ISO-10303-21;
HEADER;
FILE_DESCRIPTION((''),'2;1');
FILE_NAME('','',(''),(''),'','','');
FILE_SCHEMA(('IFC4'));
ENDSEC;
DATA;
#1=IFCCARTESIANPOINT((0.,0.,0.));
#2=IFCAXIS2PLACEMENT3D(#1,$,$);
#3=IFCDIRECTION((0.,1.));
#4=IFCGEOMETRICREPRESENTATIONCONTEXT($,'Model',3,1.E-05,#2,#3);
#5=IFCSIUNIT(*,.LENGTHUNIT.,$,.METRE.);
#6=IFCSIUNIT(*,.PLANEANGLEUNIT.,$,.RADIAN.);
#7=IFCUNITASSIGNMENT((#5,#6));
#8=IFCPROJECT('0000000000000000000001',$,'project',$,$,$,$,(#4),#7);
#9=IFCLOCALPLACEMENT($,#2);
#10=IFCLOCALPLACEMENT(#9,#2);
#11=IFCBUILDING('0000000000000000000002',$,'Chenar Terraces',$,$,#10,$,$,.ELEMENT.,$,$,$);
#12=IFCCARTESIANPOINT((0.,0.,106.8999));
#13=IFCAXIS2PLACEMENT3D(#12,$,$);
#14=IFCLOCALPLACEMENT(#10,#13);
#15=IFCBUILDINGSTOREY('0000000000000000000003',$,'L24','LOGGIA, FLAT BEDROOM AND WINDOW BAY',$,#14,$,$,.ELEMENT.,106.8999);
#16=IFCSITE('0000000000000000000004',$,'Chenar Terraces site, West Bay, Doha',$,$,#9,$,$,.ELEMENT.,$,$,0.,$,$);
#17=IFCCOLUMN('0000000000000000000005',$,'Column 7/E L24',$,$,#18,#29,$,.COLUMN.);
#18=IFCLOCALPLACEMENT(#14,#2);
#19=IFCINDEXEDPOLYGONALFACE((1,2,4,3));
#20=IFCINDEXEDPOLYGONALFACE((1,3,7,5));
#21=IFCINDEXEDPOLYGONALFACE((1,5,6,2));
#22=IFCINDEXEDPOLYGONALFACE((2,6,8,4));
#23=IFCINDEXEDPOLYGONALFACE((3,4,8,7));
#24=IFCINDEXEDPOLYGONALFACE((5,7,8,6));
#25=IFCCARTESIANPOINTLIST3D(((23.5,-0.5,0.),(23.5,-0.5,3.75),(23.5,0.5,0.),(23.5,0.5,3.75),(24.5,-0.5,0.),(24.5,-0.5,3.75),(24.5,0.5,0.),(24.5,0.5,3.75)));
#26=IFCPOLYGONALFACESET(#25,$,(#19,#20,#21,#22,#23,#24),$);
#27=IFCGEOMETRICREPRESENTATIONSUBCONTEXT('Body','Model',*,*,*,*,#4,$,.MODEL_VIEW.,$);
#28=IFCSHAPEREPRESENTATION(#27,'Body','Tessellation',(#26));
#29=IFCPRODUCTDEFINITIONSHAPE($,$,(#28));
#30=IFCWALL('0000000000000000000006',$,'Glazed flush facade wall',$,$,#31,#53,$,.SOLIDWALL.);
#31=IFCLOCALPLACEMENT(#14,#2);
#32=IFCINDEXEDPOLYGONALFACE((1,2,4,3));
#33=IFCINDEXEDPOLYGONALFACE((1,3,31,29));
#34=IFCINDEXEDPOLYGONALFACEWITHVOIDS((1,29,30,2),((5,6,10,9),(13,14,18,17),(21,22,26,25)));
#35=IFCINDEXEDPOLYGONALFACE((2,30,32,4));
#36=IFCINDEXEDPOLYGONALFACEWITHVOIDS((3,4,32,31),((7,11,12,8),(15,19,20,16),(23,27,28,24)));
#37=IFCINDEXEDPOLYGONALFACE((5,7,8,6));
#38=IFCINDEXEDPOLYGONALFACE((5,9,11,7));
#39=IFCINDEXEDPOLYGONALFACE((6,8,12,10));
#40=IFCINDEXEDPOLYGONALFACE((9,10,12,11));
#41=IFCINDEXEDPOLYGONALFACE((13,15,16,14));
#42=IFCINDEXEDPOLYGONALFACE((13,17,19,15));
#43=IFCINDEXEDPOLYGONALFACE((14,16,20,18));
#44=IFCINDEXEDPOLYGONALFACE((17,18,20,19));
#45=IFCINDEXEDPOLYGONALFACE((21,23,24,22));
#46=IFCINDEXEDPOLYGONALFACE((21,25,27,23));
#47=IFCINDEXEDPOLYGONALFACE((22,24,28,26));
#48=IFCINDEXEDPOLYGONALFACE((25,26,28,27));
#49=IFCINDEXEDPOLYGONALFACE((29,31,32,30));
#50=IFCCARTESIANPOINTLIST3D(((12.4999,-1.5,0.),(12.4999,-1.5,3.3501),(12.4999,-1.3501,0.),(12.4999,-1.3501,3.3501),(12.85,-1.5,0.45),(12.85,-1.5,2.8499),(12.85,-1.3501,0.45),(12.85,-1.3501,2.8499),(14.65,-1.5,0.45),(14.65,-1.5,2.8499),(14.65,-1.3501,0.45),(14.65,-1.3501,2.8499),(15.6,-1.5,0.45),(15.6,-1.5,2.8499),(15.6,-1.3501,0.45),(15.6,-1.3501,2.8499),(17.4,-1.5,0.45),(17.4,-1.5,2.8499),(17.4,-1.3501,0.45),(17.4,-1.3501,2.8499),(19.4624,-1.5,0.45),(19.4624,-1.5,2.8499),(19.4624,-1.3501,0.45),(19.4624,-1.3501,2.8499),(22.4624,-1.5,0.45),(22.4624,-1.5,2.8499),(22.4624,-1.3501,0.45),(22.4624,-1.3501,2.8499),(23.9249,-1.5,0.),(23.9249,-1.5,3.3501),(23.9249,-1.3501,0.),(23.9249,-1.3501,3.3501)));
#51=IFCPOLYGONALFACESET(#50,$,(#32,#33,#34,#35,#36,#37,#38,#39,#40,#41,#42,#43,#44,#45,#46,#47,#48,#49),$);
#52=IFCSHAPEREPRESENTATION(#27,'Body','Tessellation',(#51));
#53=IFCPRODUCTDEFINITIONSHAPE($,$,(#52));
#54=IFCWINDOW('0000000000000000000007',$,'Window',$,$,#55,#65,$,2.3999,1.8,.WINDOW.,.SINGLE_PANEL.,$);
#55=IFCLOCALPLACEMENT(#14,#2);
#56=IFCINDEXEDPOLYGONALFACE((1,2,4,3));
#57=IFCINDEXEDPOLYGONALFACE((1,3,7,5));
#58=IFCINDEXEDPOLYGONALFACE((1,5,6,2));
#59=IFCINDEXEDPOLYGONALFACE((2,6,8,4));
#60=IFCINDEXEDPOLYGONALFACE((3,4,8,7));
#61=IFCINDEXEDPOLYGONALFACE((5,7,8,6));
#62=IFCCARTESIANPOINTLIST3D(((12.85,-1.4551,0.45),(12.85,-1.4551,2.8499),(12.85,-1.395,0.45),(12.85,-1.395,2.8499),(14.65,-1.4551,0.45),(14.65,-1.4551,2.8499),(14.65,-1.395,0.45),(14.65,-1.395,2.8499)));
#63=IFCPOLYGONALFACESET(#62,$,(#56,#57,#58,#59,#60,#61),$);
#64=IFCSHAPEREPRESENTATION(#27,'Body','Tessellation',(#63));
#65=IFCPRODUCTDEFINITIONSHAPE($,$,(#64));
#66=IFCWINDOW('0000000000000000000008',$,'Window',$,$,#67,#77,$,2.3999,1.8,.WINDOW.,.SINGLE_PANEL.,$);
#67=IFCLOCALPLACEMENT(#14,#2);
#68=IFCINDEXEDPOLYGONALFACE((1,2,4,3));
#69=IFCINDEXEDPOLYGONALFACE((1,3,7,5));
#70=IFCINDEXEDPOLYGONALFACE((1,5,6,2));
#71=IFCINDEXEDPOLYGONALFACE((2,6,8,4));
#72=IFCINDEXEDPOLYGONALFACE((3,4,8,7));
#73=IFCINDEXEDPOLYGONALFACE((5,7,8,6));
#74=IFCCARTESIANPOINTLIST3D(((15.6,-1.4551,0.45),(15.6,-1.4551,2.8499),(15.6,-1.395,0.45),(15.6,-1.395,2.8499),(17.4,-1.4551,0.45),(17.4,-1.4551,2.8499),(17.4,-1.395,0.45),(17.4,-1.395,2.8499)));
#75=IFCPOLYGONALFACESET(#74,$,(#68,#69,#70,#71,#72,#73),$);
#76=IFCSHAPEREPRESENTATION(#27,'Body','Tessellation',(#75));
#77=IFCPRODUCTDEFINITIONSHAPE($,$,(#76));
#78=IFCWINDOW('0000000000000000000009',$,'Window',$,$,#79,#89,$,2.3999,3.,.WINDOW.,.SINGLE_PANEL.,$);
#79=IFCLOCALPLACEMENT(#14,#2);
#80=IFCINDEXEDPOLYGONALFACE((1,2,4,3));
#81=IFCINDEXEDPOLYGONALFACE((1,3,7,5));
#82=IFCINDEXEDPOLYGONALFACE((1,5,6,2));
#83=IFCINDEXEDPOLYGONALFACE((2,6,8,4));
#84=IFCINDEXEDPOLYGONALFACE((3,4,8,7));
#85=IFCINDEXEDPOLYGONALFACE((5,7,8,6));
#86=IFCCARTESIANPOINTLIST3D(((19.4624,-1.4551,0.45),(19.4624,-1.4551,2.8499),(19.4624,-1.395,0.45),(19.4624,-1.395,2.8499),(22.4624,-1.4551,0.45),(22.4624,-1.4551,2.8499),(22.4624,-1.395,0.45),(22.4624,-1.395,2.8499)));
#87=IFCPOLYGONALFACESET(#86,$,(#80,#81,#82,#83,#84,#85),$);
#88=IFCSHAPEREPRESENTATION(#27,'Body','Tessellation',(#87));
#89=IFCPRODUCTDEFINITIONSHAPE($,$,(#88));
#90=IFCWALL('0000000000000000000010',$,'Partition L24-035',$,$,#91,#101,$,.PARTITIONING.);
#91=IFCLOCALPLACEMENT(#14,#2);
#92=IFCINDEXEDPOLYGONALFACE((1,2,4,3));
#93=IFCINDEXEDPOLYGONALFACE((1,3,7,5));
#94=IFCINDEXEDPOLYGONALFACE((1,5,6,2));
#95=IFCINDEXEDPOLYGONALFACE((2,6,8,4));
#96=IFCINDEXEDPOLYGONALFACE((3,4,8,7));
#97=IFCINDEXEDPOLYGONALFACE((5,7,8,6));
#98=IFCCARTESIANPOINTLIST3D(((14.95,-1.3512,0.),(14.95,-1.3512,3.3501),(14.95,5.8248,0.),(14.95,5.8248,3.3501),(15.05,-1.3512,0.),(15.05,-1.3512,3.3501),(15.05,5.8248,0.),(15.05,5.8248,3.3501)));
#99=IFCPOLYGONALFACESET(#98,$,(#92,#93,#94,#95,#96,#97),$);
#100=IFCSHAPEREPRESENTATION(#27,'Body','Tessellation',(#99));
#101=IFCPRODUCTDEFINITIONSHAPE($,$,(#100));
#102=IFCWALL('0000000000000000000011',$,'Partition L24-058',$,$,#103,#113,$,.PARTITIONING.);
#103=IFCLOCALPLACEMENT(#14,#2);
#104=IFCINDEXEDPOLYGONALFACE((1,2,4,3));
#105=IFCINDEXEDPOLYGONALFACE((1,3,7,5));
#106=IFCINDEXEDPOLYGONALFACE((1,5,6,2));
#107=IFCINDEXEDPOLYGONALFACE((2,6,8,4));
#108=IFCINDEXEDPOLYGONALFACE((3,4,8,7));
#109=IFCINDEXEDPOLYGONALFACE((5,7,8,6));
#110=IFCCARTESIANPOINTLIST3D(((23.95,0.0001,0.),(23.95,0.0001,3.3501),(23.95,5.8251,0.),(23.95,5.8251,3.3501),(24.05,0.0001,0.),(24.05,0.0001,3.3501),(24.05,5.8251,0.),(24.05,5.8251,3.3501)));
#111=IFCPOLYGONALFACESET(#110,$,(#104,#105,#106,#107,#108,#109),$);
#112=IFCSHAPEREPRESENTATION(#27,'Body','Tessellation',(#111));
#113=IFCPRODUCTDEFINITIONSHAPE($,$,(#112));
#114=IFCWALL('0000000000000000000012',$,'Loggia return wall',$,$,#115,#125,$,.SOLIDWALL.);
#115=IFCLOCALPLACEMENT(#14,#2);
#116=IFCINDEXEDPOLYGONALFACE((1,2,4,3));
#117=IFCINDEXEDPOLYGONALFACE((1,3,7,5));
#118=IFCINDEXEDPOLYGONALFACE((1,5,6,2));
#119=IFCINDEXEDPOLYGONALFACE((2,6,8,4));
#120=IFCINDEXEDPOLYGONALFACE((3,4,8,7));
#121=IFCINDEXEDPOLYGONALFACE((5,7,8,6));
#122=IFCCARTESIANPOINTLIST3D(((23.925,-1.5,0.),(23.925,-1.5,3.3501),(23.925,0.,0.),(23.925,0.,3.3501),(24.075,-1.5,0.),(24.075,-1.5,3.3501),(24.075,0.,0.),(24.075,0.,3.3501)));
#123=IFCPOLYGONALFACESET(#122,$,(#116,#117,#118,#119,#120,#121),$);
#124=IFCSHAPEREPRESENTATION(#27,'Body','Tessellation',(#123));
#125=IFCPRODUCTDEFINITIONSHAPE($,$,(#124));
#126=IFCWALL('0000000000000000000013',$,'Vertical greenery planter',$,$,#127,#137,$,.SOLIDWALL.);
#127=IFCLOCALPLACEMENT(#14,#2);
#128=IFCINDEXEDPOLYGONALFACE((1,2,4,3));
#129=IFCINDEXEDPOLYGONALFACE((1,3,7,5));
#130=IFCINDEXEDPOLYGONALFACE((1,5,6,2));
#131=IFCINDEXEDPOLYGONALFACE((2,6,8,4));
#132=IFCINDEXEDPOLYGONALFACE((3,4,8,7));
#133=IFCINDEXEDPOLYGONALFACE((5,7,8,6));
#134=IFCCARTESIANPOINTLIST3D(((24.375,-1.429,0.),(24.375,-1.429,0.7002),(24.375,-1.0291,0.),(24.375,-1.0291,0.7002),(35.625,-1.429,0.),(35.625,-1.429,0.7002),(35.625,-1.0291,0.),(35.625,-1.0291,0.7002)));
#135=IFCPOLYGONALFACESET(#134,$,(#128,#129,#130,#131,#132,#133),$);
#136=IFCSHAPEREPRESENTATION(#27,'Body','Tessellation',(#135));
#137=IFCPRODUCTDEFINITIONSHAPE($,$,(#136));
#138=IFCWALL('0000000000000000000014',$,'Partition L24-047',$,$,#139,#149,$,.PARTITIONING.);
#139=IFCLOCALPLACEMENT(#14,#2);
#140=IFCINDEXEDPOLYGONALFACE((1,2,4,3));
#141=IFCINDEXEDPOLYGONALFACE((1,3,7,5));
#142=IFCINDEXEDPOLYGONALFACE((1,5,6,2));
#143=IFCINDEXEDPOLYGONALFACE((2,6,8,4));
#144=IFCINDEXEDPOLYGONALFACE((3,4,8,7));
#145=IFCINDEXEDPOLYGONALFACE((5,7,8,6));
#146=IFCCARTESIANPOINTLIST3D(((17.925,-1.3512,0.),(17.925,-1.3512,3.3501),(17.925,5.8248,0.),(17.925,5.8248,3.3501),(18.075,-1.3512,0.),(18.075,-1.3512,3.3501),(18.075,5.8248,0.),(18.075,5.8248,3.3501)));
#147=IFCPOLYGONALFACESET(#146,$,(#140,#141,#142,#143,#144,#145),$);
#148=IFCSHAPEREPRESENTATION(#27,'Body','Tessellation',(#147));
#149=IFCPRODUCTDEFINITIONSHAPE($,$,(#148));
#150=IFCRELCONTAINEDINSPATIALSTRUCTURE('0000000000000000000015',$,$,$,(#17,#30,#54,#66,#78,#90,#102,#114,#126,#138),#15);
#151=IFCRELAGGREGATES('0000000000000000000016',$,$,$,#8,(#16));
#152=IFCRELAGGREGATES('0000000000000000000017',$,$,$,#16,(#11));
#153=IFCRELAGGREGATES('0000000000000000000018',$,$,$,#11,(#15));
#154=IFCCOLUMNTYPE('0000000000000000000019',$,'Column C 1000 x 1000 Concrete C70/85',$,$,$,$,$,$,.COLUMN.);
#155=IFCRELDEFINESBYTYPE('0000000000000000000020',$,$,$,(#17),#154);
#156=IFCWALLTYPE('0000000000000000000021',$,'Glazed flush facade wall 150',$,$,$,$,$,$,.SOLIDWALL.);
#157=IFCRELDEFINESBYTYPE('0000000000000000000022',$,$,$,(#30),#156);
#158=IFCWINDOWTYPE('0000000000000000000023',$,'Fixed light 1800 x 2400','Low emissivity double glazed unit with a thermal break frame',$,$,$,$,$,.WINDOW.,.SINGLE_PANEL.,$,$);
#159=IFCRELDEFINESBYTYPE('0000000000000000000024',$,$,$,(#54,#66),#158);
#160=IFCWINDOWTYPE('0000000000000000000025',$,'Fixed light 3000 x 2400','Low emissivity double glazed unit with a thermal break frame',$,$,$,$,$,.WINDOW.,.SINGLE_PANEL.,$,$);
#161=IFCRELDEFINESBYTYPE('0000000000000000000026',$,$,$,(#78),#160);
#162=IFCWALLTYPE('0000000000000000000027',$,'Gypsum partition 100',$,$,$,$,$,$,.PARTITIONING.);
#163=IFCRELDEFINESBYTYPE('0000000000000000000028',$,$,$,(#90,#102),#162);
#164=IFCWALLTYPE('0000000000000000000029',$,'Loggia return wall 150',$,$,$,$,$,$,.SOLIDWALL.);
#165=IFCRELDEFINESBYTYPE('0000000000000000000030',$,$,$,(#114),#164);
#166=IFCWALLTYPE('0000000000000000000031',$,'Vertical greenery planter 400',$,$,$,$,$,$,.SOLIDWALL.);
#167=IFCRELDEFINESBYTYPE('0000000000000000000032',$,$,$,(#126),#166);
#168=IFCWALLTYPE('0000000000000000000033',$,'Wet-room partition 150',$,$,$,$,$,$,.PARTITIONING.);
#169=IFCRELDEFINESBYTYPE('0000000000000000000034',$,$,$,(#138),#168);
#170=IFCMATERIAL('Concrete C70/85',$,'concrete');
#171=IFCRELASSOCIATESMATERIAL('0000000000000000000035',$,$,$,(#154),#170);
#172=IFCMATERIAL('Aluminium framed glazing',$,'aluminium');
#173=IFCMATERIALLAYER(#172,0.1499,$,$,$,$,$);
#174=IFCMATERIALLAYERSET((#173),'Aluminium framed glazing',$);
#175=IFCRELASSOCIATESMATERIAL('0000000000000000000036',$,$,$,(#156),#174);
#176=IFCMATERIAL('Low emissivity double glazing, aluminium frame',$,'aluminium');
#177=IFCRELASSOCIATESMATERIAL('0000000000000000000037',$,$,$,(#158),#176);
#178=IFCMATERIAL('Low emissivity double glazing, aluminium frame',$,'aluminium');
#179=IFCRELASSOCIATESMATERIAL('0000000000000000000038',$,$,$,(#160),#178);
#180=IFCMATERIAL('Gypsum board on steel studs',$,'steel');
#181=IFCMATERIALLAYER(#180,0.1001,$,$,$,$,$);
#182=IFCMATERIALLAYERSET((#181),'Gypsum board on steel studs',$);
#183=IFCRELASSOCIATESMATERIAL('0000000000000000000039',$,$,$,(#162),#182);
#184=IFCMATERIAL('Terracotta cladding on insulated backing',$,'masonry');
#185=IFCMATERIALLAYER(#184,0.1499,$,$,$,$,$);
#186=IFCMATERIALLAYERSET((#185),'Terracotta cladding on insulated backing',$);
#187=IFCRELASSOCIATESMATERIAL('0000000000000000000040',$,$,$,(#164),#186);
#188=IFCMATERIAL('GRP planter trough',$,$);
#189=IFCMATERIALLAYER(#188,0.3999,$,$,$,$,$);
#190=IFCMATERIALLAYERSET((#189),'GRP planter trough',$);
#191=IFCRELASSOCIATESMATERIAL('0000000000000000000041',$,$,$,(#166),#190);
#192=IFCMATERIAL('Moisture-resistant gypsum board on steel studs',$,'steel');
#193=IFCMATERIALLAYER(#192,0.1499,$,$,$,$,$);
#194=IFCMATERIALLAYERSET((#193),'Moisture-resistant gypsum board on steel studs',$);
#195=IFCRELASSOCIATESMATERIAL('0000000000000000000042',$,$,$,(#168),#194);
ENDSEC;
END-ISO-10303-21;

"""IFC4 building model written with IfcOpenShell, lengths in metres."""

from ifc_helpers import new_model, si_unit, direction, frame, frame_2d, origin, origin_2d, place, context, subcontext, project, spatial, rectangle, extrude, material, layer, layer_set, material_profile, profile_set, type_object, element, fill, save


model = new_model("IFC4")

# Units and contexts
model_context = context("Model", 3, precision=1e-05, world=origin(), true_north=direction((0.0, 1.0)))
body_context = subcontext(model_context, "Body", "Model", "MODEL_VIEW")
ifc_project = project(units=[si_unit("LENGTHUNIT", "METRE"), si_unit("PLANEANGLEUNIT", "RADIAN")], contexts=[model_context])

# Site, building, storey
site_placement = place(None, origin())
site = spatial("IfcSite", under=ifc_project, at=site_placement, Name="Chenar Terraces site, West Bay, Doha", CompositionType="ELEMENT", RefElevation=0.0)
building_placement = place(site_placement, origin())
building = spatial("IfcBuilding", under=site, at=building_placement, Name="Chenar Terraces", CompositionType="ELEMENT")
storey_placement = place(building_placement, frame((0.0, 0.0, 106.8999)))
storey = spatial("IfcBuildingStorey", under=building, at=storey_placement, Name="L24", Description="LOGGIA, FLAT BEDROOM AND WINDOW BAY", CompositionType="ELEMENT", Elevation=106.8999)

# Column
ifc_material_1 = material(Name="Concrete C70/85", Category="concrete")
ifc_material_profile_1 = material_profile(ifc_material_1, rectangle(XDim=1.0, YDim=1.0, at=origin_2d()), Name="C 1000 x 1000")
ifc_profile_set_1 = profile_set([ifc_material_profile_1], Name="Concrete C70/85")
column_type = type_object("IfcColumnType", Name="Column C 1000 x 1000 Concrete C70/85", PredefinedType="COLUMN", material=ifc_profile_set_1)
column_placement = place(storey_placement, frame((24.0, 0.0, 0.0), z_axis=(0.0, 0.0, 1.0), x_axis=(1.0, 0.0, 0.0)))
element("IfcColumn", 1, at=column_placement, inside=storey, type_object=column_type, Name="Column 7/E L24", PredefinedType="COLUMN", context=body_context, shape_type="SweptSolid", body=[
    extrude(rectangle(XDim=1.0, YDim=1.0, at=origin_2d()), origin(), (0.0, 0.0, 1.0), 3.75),
])

# Wall, openings, windows
ifc_material_2 = material(Name="Aluminium framed glazing", Category="aluminium")
ifc_layer_1 = layer(ifc_material_2, 0.1499)
ifc_layer_set_1 = layer_set([ifc_layer_1], Name="Aluminium framed glazing")
wall_type_1 = type_object("IfcWallType", Name="Glazed flush facade wall 150", PredefinedType="SOLIDWALL", material=ifc_layer_set_1)
wall_1_placement = place(storey_placement, frame((12.5, -1.425, 0.0), z_axis=(0.0, 0.0, 1.0), x_axis=(1.0, 0.0, 0.0)))
wall_1 = element("IfcWall", 2, at=wall_1_placement, inside=storey, type_object=wall_type_1, Name="Glazed flush facade wall", PredefinedType="SOLIDWALL", context=body_context, shape_type="SweptSolid", body=[
    extrude(rectangle(XDim=11.425, YDim=0.1499, at=frame_2d((5.7124, 0.0))), origin(), (0.0, 0.0, 1.0), 3.3501),
])
opening_1_placement = place(wall_1_placement, frame((0.3501, 0.0, 0.45)))
opening_1 = element("IfcOpeningElement", 3, at=opening_1_placement, cuts=wall_1, PredefinedType="OPENING", context=body_context, shape_type="SweptSolid", body=[
    extrude(rectangle(XDim=1.8, YDim=2.3999, at=frame_2d((0.8999, 1.2))), frame((0.0, 0.085, 0.0), z_axis=(0.0, -1.0, 0.0), x_axis=(1.0, 0.0, 0.0)), (0.0, 0.0, 1.0), 0.1699),
])
opening_2_placement = place(wall_1_placement, frame((3.1001, 0.0, 0.45)))
opening_2 = element("IfcOpeningElement", 4, at=opening_2_placement, cuts=wall_1, PredefinedType="OPENING", context=body_context, shape_type="SweptSolid", body=[
    extrude(rectangle(XDim=1.8, YDim=2.3999, at=frame_2d((0.8999, 1.2))), frame((0.0, 0.085, 0.0), z_axis=(0.0, -1.0, 0.0), x_axis=(1.0, 0.0, 0.0)), (0.0, 0.0, 1.0), 0.1699),
])
opening_3_placement = place(wall_1_placement, frame((6.9624, 0.0, 0.45)))
opening_3 = element("IfcOpeningElement", 5, at=opening_3_placement, cuts=wall_1, PredefinedType="OPENING", context=body_context, shape_type="SweptSolid", body=[
    extrude(rectangle(XDim=3.0, YDim=2.3999, at=frame_2d((1.5, 1.2))), frame((0.0, 0.085, 0.0), z_axis=(0.0, -1.0, 0.0), x_axis=(1.0, 0.0, 0.0)), (0.0, 0.0, 1.0), 0.1699),
])
ifc_material_3 = material(Name="Low emissivity double glazing, aluminium frame", Category="aluminium")
window_type_1 = type_object("IfcWindowType", Name="Fixed light 1800 x 2400", Description="Low emissivity double glazed unit with a thermal break frame", PartitioningType="SINGLE_PANEL", PredefinedType="WINDOW", material=ifc_material_3)
window_1_placement = place(opening_1_placement, origin())
window_1 = element("IfcWindow", 6, at=window_1_placement, inside=storey, type_object=window_type_1, Name="Window", OverallHeight=2.3999, OverallWidth=1.8, PartitioningType="SINGLE_PANEL", PredefinedType="WINDOW", context=body_context, shape_type="SweptSolid", body=[
    extrude(rectangle(XDim=1.8, YDim=2.3999, at=frame_2d((0.8999, 1.2))), frame((0.0, 0.03, 0.0), z_axis=(0.0, -1.0, 0.0), x_axis=(1.0, 0.0, 0.0)), (0.0, 0.0, 1.0), 0.0601),
])
fill(opening_1, window_1)
window_2_placement = place(opening_2_placement, origin())
window_2 = element("IfcWindow", 7, at=window_2_placement, inside=storey, type_object=window_type_1, Name="Window", OverallHeight=2.3999, OverallWidth=1.8, PartitioningType="SINGLE_PANEL", PredefinedType="WINDOW", context=body_context, shape_type="SweptSolid", body=[
    extrude(rectangle(XDim=1.8, YDim=2.3999, at=frame_2d((0.8999, 1.2))), frame((0.0, 0.03, 0.0), z_axis=(0.0, -1.0, 0.0), x_axis=(1.0, 0.0, 0.0)), (0.0, 0.0, 1.0), 0.0601),
])
fill(opening_2, window_2)
ifc_material_4 = material(Name="Low emissivity double glazing, aluminium frame", Category="aluminium")
window_type_2 = type_object("IfcWindowType", Name="Fixed light 3000 x 2400", Description="Low emissivity double glazed unit with a thermal break frame", PartitioningType="SINGLE_PANEL", PredefinedType="WINDOW", material=ifc_material_4)
window_3_placement = place(opening_3_placement, origin())
window_3 = element("IfcWindow", 8, at=window_3_placement, inside=storey, type_object=window_type_2, Name="Window", OverallHeight=2.3999, OverallWidth=3.0, PartitioningType="SINGLE_PANEL", PredefinedType="WINDOW", context=body_context, shape_type="SweptSolid", body=[
    extrude(rectangle(XDim=3.0, YDim=2.3999, at=frame_2d((1.5, 1.2))), frame((0.0, 0.03, 0.0), z_axis=(0.0, -1.0, 0.0), x_axis=(1.0, 0.0, 0.0)), (0.0, 0.0, 1.0), 0.0601),
])
fill(opening_3, window_3)

# Walls
ifc_material_5 = material(Name="Gypsum board on steel studs", Category="steel")
ifc_layer_2 = layer(ifc_material_5, 0.1001)
ifc_layer_set_2 = layer_set([ifc_layer_2], Name="Gypsum board on steel studs")
wall_type_2 = type_object("IfcWallType", Name="Gypsum partition 100", PredefinedType="PARTITIONING", material=ifc_layer_set_2)
wall_2_placement = place(storey_placement, frame((15.0, -1.3511, 0.0), z_axis=(0.0, 0.0, 1.0), x_axis=(0.0, 1.0, 0.0)))
element("IfcWall", 9, at=wall_2_placement, inside=storey, type_object=wall_type_2, Name="Partition L24-035", PredefinedType="PARTITIONING", context=body_context, shape_type="SweptSolid", body=[
    extrude(rectangle(XDim=7.176, YDim=0.1001, at=frame_2d((3.5879, 0.0))), origin(), (0.0, 0.0, 1.0), 3.3501),
])
wall_3_placement = place(storey_placement, frame((24.0, 0.0, 0.0), z_axis=(0.0, 0.0, 1.0), x_axis=(0.0, 1.0, 0.0)))
element("IfcWall", 10, at=wall_3_placement, inside=storey, type_object=wall_type_2, Name="Partition L24-058", PredefinedType="PARTITIONING", context=body_context, shape_type="SweptSolid", body=[
    extrude(rectangle(XDim=5.825, YDim=0.1001, at=frame_2d((2.9126, 0.0))), origin(), (0.0, 0.0, 1.0), 3.3501),
])
ifc_material_6 = material(Name="Terracotta cladding on insulated backing", Category="masonry")
ifc_layer_3 = layer(ifc_material_6, 0.1499)
ifc_layer_set_3 = layer_set([ifc_layer_3], Name="Terracotta cladding on insulated backing")
wall_type_3 = type_object("IfcWallType", Name="Loggia return wall 150", PredefinedType="SOLIDWALL", material=ifc_layer_set_3)
wall_4_placement = place(storey_placement, frame((24.0, -1.5, 0.0), z_axis=(0.0, 0.0, 1.0), x_axis=(0.0, 1.0, 0.0)))
element("IfcWall", 11, at=wall_4_placement, inside=storey, type_object=wall_type_3, Name="Loggia return wall", PredefinedType="SOLIDWALL", context=body_context, shape_type="SweptSolid", body=[
    extrude(rectangle(XDim=1.5, YDim=0.1499, at=frame_2d((0.75, 0.0))), origin(), (0.0, 0.0, 1.0), 3.3501),
])
ifc_material_7 = material(Name="GRP planter trough")
ifc_layer_4 = layer(ifc_material_7, 0.3999)
ifc_layer_set_4 = layer_set([ifc_layer_4], Name="GRP planter trough")
wall_type_4 = type_object("IfcWallType", Name="Vertical greenery planter 400", PredefinedType="SOLIDWALL", material=ifc_layer_set_4)
wall_5_placement = place(storey_placement, frame((24.375, -1.229, 0.0), z_axis=(0.0, 0.0, 1.0), x_axis=(1.0, 0.0, 0.0)))
element("IfcWall", 12, at=wall_5_placement, inside=storey, type_object=wall_type_4, Name="Vertical greenery planter", PredefinedType="SOLIDWALL", context=body_context, shape_type="SweptSolid", body=[
    extrude(rectangle(XDim=11.25, YDim=0.3999, at=frame_2d((5.625, 0.0))), origin(), (0.0, 0.0, 1.0), 0.7002),
])
ifc_material_8 = material(Name="Moisture-resistant gypsum board on steel studs", Category="steel")
ifc_layer_5 = layer(ifc_material_8, 0.1499)
ifc_layer_set_5 = layer_set([ifc_layer_5], Name="Moisture-resistant gypsum board on steel studs")
wall_type_5 = type_object("IfcWallType", Name="Wet-room partition 150", PredefinedType="PARTITIONING", material=ifc_layer_set_5)
wall_6_placement = place(storey_placement, frame((18.0, -1.3511, 0.0), z_axis=(0.0, 0.0, 1.0), x_axis=(0.0, 1.0, 0.0)))
element("IfcWall", 13, at=wall_6_placement, inside=storey, type_object=wall_type_5, Name="Partition L24-047", PredefinedType="PARTITIONING", context=body_context, shape_type="SweptSolid", body=[
    extrude(rectangle(XDim=7.176, YDim=0.1499, at=frame_2d((3.5879, 0.0))), origin(), (0.0, 0.0, 1.0), 3.3501),
])

save(model, "model.ifc")
